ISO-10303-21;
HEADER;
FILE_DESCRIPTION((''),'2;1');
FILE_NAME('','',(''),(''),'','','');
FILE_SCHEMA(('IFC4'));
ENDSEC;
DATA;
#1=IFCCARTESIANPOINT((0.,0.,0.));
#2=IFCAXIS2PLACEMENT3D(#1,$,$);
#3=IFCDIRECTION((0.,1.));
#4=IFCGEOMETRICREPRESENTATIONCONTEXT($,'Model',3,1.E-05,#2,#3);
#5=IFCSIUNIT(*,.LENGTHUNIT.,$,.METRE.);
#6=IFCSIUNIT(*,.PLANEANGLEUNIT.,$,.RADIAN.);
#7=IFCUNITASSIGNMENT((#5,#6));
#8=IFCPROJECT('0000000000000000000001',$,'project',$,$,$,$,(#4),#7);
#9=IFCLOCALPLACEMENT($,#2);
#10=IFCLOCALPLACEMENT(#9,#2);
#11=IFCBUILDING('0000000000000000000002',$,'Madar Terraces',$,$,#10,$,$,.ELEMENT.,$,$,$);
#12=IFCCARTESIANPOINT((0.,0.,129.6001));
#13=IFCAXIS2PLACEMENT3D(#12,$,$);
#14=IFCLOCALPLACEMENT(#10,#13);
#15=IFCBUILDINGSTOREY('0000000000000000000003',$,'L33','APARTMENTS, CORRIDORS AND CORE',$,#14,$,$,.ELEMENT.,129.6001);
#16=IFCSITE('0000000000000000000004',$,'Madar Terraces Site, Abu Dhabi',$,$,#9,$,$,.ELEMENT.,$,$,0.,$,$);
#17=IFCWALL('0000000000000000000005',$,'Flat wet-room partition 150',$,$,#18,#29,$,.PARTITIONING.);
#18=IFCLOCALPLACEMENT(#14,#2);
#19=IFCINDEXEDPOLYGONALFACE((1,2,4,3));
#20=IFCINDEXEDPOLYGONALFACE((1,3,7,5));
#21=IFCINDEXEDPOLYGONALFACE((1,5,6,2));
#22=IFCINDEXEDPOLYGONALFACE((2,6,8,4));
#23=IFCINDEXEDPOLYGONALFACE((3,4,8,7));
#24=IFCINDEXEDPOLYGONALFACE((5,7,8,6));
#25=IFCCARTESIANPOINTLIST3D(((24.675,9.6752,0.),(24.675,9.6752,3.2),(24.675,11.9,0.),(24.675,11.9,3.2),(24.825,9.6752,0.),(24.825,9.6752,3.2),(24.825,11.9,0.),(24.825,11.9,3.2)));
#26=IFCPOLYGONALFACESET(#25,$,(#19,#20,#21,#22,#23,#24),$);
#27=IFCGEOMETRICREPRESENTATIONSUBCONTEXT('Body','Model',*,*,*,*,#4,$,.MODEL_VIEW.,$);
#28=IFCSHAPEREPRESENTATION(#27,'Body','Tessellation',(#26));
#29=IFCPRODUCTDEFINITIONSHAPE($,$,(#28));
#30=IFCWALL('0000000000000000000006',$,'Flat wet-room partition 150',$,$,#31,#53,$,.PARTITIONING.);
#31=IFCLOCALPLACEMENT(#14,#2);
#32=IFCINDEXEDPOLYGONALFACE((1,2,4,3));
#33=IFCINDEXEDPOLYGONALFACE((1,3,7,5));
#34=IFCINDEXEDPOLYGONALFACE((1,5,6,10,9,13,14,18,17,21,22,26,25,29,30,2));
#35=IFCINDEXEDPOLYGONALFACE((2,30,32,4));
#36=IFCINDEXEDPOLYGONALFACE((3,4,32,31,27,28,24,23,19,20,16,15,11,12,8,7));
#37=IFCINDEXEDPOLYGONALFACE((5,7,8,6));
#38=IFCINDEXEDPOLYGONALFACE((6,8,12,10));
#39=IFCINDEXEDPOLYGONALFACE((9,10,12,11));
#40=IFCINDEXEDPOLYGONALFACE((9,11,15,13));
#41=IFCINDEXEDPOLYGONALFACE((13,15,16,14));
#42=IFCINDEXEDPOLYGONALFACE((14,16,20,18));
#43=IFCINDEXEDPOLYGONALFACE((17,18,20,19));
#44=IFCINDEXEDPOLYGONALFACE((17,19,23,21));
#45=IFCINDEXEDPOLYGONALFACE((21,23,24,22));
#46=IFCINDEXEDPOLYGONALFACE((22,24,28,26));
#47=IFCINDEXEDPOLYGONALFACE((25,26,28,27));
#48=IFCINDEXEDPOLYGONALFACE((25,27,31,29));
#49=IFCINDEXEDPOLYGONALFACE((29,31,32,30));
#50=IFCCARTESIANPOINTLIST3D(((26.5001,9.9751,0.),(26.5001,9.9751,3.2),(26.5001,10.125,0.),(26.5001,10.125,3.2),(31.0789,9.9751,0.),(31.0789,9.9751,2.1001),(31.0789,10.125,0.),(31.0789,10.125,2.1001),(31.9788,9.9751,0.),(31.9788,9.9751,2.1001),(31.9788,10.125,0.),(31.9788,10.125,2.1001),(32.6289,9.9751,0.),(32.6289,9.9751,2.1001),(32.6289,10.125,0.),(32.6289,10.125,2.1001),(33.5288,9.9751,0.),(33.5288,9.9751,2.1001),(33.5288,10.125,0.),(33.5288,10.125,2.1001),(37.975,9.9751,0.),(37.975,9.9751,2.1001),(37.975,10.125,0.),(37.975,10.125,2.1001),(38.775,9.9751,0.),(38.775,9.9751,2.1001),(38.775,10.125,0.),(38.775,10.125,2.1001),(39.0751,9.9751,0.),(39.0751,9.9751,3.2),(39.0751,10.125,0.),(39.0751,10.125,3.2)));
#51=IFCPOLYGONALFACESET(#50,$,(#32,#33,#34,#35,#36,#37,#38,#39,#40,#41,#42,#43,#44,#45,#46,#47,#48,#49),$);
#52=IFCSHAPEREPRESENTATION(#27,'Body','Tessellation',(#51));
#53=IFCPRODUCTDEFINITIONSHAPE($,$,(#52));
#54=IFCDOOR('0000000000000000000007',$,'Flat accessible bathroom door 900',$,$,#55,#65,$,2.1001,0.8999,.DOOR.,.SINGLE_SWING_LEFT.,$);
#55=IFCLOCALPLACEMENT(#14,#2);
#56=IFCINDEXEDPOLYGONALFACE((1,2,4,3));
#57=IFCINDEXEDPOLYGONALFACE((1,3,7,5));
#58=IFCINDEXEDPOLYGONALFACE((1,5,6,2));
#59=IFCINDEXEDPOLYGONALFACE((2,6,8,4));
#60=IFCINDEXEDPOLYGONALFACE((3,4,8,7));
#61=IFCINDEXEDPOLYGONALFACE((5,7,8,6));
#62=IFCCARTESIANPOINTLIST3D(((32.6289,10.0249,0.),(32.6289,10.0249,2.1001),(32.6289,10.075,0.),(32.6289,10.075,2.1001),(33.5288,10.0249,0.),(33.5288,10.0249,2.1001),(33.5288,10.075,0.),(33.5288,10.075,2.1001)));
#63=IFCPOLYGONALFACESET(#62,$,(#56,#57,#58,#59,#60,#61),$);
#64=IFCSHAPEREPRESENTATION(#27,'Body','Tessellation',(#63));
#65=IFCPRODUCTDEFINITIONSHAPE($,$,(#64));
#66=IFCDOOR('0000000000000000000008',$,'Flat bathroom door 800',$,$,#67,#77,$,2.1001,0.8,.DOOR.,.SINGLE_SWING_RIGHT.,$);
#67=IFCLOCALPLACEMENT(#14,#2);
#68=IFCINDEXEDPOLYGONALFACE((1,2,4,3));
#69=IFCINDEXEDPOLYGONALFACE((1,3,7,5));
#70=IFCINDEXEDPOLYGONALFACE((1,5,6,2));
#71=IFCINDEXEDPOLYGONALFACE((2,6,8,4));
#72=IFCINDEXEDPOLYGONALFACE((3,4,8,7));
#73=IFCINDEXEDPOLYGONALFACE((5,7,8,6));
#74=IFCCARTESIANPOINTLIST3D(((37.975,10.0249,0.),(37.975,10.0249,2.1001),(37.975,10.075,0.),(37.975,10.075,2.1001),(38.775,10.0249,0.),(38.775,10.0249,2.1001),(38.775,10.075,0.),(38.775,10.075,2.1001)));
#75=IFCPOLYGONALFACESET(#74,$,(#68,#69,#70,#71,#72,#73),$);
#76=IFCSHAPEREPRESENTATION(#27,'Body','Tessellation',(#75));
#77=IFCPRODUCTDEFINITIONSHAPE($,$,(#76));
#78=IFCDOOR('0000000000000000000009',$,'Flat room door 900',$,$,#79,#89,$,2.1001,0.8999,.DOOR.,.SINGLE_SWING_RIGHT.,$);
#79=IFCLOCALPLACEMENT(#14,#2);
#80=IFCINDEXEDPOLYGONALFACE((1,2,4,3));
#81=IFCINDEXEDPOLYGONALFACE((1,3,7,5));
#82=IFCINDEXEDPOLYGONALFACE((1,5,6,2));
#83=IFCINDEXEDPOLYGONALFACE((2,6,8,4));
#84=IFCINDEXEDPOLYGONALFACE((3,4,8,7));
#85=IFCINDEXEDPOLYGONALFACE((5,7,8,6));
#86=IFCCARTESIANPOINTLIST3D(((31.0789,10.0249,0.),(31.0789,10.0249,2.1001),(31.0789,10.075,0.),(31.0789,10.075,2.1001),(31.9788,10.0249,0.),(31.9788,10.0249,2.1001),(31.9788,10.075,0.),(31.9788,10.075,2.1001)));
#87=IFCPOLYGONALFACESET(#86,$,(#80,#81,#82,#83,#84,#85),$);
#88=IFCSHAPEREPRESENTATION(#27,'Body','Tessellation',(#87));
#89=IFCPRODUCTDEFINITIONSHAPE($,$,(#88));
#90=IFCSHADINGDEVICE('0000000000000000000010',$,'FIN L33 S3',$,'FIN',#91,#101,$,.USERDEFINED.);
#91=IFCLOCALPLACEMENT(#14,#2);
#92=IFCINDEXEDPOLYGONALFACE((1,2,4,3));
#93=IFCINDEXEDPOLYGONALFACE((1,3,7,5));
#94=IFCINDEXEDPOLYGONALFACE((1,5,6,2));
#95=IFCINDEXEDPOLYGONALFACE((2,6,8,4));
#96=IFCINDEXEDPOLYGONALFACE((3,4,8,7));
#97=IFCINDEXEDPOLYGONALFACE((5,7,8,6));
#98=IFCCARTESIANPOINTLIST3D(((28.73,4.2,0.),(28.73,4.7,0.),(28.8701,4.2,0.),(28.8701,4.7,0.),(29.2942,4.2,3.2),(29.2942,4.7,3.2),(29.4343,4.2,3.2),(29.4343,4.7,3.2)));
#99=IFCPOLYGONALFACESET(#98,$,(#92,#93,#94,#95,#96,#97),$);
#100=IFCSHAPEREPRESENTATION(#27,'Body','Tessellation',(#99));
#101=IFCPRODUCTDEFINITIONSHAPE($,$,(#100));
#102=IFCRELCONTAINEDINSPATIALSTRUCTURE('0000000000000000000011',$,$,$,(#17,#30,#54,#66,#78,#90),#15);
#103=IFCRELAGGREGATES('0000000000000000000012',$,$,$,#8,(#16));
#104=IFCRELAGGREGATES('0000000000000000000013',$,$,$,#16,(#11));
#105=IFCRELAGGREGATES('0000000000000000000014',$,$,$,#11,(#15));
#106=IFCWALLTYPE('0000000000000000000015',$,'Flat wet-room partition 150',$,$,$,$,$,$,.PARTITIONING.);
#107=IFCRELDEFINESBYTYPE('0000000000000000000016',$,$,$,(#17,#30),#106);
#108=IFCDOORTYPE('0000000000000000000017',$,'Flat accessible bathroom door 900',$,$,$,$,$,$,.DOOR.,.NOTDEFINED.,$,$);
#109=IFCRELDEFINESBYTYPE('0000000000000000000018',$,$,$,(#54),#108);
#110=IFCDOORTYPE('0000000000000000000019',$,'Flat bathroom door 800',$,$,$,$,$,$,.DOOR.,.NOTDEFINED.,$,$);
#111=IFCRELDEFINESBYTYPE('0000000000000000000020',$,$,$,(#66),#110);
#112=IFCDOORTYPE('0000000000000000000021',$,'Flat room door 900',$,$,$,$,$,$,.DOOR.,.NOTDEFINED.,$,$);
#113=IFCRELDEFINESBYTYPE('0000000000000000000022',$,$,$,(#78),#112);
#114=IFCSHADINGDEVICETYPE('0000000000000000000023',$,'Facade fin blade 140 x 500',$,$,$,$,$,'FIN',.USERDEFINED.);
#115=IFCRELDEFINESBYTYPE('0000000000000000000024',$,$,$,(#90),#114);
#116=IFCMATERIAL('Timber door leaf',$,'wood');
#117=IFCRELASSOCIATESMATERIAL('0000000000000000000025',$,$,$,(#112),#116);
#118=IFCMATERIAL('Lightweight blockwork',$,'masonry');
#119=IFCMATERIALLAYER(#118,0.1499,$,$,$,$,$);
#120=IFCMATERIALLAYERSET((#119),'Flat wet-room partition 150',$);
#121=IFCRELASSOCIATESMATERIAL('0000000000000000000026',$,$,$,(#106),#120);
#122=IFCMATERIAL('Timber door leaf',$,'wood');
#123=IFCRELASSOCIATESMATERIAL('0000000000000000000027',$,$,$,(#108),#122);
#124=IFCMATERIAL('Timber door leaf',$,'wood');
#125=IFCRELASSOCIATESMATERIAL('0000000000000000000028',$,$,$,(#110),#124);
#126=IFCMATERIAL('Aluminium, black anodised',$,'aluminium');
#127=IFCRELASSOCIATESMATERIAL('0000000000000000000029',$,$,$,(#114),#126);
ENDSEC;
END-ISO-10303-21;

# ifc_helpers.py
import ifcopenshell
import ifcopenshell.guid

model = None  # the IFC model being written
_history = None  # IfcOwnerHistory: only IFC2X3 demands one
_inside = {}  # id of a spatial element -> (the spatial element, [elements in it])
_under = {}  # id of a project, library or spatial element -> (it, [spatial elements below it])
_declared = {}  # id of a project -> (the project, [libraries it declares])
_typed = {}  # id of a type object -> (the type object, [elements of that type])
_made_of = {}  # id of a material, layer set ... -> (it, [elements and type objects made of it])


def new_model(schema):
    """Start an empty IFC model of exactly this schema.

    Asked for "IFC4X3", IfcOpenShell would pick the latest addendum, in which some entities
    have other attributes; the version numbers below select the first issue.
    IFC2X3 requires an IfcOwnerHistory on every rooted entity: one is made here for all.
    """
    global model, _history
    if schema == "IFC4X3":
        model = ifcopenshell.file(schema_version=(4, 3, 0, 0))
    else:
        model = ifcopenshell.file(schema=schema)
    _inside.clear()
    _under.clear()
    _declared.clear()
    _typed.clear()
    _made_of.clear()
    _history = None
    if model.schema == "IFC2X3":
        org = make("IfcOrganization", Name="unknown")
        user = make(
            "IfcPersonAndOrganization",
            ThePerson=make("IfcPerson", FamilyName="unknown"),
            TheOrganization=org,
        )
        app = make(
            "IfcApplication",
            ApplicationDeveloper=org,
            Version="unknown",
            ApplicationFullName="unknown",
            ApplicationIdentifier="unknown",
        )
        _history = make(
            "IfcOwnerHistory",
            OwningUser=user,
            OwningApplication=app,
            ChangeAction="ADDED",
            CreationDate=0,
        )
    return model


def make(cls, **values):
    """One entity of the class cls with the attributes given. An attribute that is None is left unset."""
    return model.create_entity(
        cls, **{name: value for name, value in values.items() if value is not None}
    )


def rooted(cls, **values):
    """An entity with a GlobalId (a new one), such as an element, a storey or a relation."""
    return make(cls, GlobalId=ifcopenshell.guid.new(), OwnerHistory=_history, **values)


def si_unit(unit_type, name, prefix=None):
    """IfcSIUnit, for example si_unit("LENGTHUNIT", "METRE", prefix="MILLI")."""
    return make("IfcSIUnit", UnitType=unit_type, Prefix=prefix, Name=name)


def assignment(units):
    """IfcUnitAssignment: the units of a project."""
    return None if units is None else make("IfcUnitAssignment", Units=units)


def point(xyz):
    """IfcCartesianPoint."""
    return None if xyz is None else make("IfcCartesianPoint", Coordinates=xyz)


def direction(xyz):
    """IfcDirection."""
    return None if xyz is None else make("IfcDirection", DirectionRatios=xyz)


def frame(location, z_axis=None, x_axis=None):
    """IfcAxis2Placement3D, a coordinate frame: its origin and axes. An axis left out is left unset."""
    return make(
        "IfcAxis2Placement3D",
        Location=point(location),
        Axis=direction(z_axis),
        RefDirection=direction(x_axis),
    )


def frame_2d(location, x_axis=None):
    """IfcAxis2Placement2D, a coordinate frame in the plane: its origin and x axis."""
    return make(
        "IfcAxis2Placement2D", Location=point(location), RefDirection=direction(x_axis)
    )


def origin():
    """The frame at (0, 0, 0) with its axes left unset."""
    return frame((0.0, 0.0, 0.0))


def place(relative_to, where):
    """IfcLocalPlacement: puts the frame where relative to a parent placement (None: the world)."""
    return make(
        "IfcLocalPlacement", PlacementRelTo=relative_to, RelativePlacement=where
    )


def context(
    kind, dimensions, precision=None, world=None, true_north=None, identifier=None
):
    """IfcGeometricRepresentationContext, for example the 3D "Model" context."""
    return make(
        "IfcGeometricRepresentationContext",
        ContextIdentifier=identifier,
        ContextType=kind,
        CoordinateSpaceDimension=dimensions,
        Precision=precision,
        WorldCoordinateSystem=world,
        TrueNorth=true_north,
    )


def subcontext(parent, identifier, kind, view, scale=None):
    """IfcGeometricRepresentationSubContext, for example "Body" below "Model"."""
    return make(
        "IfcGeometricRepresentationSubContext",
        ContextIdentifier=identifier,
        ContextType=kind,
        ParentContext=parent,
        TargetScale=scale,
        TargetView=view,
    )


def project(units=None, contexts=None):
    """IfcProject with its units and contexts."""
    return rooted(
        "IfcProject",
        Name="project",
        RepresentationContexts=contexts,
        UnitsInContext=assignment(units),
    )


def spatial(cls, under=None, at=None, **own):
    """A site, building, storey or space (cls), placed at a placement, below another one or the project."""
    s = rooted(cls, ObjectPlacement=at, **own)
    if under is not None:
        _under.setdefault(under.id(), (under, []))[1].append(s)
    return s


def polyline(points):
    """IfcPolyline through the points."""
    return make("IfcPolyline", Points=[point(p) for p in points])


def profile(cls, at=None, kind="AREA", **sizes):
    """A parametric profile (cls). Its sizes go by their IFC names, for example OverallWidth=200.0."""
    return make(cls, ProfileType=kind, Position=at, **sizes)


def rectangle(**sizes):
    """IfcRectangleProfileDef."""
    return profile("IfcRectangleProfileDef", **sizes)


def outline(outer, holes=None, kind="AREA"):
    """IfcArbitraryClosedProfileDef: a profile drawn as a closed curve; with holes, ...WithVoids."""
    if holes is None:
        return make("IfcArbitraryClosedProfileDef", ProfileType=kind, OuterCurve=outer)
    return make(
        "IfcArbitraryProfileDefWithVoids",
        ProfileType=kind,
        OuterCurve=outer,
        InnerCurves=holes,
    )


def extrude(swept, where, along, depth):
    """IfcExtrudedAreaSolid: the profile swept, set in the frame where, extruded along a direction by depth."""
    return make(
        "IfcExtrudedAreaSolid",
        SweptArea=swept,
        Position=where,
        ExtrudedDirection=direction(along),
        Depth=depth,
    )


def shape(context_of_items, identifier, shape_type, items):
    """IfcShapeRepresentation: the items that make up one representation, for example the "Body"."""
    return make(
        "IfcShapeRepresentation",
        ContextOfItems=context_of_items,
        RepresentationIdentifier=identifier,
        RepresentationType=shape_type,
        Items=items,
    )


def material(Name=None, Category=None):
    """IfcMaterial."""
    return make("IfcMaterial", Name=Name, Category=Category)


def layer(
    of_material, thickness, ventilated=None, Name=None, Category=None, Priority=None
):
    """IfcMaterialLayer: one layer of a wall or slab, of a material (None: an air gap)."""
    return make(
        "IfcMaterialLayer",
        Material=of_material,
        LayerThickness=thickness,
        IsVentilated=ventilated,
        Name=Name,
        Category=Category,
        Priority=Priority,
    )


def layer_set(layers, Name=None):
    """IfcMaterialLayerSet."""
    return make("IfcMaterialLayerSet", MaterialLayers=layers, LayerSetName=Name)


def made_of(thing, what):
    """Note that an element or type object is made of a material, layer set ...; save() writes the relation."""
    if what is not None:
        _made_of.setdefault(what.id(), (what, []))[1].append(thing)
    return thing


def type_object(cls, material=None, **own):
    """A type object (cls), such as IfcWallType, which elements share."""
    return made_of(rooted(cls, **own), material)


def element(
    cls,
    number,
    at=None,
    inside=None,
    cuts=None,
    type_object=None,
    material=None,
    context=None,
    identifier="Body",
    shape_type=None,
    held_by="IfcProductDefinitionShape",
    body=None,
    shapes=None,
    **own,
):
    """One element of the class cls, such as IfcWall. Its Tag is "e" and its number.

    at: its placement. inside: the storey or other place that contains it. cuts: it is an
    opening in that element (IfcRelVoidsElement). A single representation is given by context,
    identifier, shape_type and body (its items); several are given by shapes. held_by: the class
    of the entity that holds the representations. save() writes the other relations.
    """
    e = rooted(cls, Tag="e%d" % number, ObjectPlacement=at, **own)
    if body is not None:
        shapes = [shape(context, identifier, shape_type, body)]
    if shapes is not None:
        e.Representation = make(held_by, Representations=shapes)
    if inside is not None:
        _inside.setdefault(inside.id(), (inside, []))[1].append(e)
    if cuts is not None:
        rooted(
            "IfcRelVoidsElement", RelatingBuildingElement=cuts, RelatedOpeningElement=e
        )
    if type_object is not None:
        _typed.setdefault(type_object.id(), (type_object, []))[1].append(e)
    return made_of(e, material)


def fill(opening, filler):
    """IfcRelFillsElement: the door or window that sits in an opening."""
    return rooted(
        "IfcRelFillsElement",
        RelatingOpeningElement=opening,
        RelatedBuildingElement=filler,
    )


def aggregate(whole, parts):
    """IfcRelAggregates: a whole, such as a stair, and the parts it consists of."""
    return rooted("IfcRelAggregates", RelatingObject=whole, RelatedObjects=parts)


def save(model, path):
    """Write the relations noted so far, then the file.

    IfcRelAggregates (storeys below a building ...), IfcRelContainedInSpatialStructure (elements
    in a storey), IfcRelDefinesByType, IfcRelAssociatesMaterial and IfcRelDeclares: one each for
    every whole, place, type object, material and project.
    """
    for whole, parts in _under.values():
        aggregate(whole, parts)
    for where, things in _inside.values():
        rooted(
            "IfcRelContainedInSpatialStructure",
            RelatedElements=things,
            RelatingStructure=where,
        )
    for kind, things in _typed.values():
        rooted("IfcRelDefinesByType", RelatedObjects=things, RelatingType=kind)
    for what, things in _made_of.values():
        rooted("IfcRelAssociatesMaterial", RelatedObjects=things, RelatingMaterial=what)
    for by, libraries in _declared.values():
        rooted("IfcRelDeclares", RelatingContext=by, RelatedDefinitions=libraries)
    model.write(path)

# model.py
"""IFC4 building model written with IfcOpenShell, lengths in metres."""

from ifc_helpers import new_model, si_unit, direction, frame, frame_2d, origin, place, context, subcontext, project, spatial, polyline, rectangle, outline, extrude, material, layer, layer_set, type_object, element, fill, save


model = new_model("IFC4")

# Units and contexts
model_context = context("Model", 3, precision=1e-05, world=origin(), true_north=direction((0.0, 1.0)))
body_context = subcontext(model_context, "Body", "Model", "MODEL_VIEW")
ifc_project = project(units=[si_unit("LENGTHUNIT", "METRE"), si_unit("PLANEANGLEUNIT", "RADIAN")], contexts=[model_context])

# Site, building, storey
site_placement = place(None, origin())
site = spatial("IfcSite", under=ifc_project, at=site_placement, Name="Madar Terraces Site, Abu Dhabi", CompositionType="ELEMENT", RefElevation=0.0)
building_placement = place(site_placement, origin())
building = spatial("IfcBuilding", under=site, at=building_placement, Name="Madar Terraces", CompositionType="ELEMENT")
storey_placement = place(building_placement, frame((0.0, 0.0, 129.6001)))
storey = spatial("IfcBuildingStorey", under=building, at=storey_placement, Name="L33", Description="APARTMENTS, CORRIDORS AND CORE", CompositionType="ELEMENT", Elevation=129.6001)

# Shared definitions
ifc_material_1 = material(Name="Timber door leaf", Category="wood")
door_type_1 = type_object("IfcDoorType", Name="Flat room door 900", OperationType="NOTDEFINED", PredefinedType="DOOR", material=ifc_material_1)

# Wall
ifc_material_2 = material(Name="Lightweight blockwork", Category="masonry")
ifc_layer_1 = layer(ifc_material_2, 0.1499)
ifc_layer_set_1 = layer_set([ifc_layer_1], Name="Flat wet-room partition 150")
wall_type_1 = type_object("IfcWallType", Name="Flat wet-room partition 150", PredefinedType="PARTITIONING", material=ifc_layer_set_1)
wall_1_placement = place(storey_placement, frame((24.75, 11.8999, 0.0), z_axis=(0.0, 0.0, 1.0), x_axis=(0.0, -1.0, 0.0)))
element("IfcWall", 1, at=wall_1_placement, inside=storey, type_object=wall_type_1, Name="Flat wet-room partition 150", PredefinedType="PARTITIONING", context=body_context, shape_type="SweptSolid", body=[
    extrude(rectangle(XDim=2.2249, YDim=0.1499, at=frame_2d((1.1123, 0.0))), origin(), (0.0, 0.0, 1.0), 3.2),
])

# Wall, openings, doors
wall_2_placement = place(storey_placement, frame((26.5, 10.05, 0.0), z_axis=(0.0, 0.0, 1.0), x_axis=(1.0, 0.0, 0.0)))
wall_2 = element("IfcWall", 2, at=wall_2_placement, inside=storey, type_object=wall_type_1, Name="Flat wet-room partition 150", PredefinedType="PARTITIONING", context=body_context, shape_type="SweptSolid", body=[
    extrude(rectangle(XDim=12.575, YDim=0.1499, at=frame_2d((6.2876, 0.0))), origin(), (0.0, 0.0, 1.0), 3.2),
])
opening_1_placement = place(wall_2_placement, frame((11.4751, 0.0, 0.0)))
opening_1 = element("IfcOpeningElement", 3, at=opening_1_placement, cuts=wall_2, PredefinedType="OPENING", context=body_context, shape_type="SweptSolid", body=[
    extrude(rectangle(XDim=0.8, YDim=2.1001, at=frame_2d((0.3999, 1.05))), frame((0.0, 0.085, 0.0), z_axis=(0.0, -1.0, 0.0), x_axis=(1.0, 0.0, 0.0)), (0.0, 0.0, 1.0), 0.1699),
])
opening_2_placement = place(wall_2_placement, frame((6.1289, 0.0, 0.0)))
opening_2 = element("IfcOpeningElement", 4, at=opening_2_placement, cuts=wall_2, PredefinedType="OPENING", context=body_context, shape_type="SweptSolid", body=[
    extrude(rectangle(XDim=0.8999, YDim=2.1001, at=frame_2d((0.45, 1.05))), frame((0.0, 0.085, 0.0), z_axis=(0.0, -1.0, 0.0), x_axis=(1.0, 0.0, 0.0)), (0.0, 0.0, 1.0), 0.1699),
])
opening_3_placement = place(wall_2_placement, frame((4.5789, 0.0, 0.0)))
opening_3 = element("IfcOpeningElement", 5, at=opening_3_placement, cuts=wall_2, PredefinedType="OPENING", context=body_context, shape_type="SweptSolid", body=[
    extrude(rectangle(XDim=0.8999, YDim=2.1001, at=frame_2d((0.45, 1.05))), frame((0.0, 0.085, 0.0), z_axis=(0.0, -1.0, 0.0), x_axis=(1.0, 0.0, 0.0)), (0.0, 0.0, 1.0), 0.1699),
])
ifc_material_3 = material(Name="Timber door leaf", Category="wood")
door_type_2 = type_object("IfcDoorType", Name="Flat accessible bathroom door 900", OperationType="NOTDEFINED", PredefinedType="DOOR", material=ifc_material_3)
door_1_placement = place(opening_2_placement, origin())
door_1 = element("IfcDoor", 6, at=door_1_placement, inside=storey, type_object=door_type_2, Name="Flat accessible bathroom door 900", OperationType="SINGLE_SWING_LEFT", OverallHeight=2.1001, OverallWidth=0.8999, PredefinedType="DOOR", context=body_context, shape_type="SweptSolid", body=[
    extrude(rectangle(XDim=0.8999, YDim=2.1001, at=frame_2d((0.45, 1.05))), frame((0.0, 0.0249, 0.0), z_axis=(0.0, -1.0, 0.0), x_axis=(1.0, 0.0, 0.0)), (0.0, 0.0, 1.0), 0.05),
])
fill(opening_2, door_1)
ifc_material_4 = material(Name="Timber door leaf", Category="wood")
door_type_3 = type_object("IfcDoorType", Name="Flat bathroom door 800", OperationType="NOTDEFINED", PredefinedType="DOOR", material=ifc_material_4)
door_2_placement = place(opening_1_placement, origin())
door_2 = element("IfcDoor", 7, at=door_2_placement, inside=storey, type_object=door_type_3, Name="Flat bathroom door 800", OperationType="SINGLE_SWING_RIGHT", OverallHeight=2.1001, OverallWidth=0.8, PredefinedType="DOOR", context=body_context, shape_type="SweptSolid", body=[
    extrude(rectangle(XDim=0.8, YDim=2.1001, at=frame_2d((0.3999, 1.05))), frame((0.0, 0.0249, 0.0), z_axis=(0.0, -1.0, 0.0), x_axis=(1.0, 0.0, 0.0)), (0.0, 0.0, 1.0), 0.05),
])
fill(opening_1, door_2)
door_3_placement = place(opening_3_placement, origin())
door_3 = element("IfcDoor", 8, at=door_3_placement, inside=storey, type_object=door_type_1, Name="Flat room door 900", OperationType="SINGLE_SWING_RIGHT", OverallHeight=2.1001, OverallWidth=0.8999, PredefinedType="DOOR", context=body_context, shape_type="SweptSolid", body=[
    extrude(rectangle(XDim=0.8999, YDim=2.1001, at=frame_2d((0.45, 1.05))), frame((0.0, 0.0249, 0.0), z_axis=(0.0, -1.0, 0.0), x_axis=(1.0, 0.0, 0.0)), (0.0, 0.0, 1.0), 0.05),
])
fill(opening_3, door_3)

# Shading device
ifc_material_5 = material(Name="Aluminium, black anodised", Category="aluminium")
shading_device_type = type_object("IfcShadingDeviceType", Name="Facade fin blade 140 x 500", ElementType="FIN", PredefinedType="USERDEFINED", material=ifc_material_5)
shading_device_placement = place(storey_placement, frame((28.73, 4.45, 0.0), z_axis=(0.0, 0.0, 1.0), x_axis=(1.0, 0.0, 0.0)))
element("IfcShadingDevice", 9, at=shading_device_placement, inside=storey, type_object=shading_device_type, Name="FIN L33 S3", ObjectType="FIN", PredefinedType="USERDEFINED", context=body_context, shape_type="SweptSolid", body=[
    extrude(outline(polyline([(0.0, 0.0), (0.1401, 0.0), (0.7043, 3.2), (0.5642, 3.2), (0.0, 0.0)])), frame((0.0, 0.25, 0.0), z_axis=(0.0, -1.0, 0.0), x_axis=(1.0, 0.0, 0.0)), (0.0, 0.0, 1.0), 0.5),
])

save(model, "model.ifc")
